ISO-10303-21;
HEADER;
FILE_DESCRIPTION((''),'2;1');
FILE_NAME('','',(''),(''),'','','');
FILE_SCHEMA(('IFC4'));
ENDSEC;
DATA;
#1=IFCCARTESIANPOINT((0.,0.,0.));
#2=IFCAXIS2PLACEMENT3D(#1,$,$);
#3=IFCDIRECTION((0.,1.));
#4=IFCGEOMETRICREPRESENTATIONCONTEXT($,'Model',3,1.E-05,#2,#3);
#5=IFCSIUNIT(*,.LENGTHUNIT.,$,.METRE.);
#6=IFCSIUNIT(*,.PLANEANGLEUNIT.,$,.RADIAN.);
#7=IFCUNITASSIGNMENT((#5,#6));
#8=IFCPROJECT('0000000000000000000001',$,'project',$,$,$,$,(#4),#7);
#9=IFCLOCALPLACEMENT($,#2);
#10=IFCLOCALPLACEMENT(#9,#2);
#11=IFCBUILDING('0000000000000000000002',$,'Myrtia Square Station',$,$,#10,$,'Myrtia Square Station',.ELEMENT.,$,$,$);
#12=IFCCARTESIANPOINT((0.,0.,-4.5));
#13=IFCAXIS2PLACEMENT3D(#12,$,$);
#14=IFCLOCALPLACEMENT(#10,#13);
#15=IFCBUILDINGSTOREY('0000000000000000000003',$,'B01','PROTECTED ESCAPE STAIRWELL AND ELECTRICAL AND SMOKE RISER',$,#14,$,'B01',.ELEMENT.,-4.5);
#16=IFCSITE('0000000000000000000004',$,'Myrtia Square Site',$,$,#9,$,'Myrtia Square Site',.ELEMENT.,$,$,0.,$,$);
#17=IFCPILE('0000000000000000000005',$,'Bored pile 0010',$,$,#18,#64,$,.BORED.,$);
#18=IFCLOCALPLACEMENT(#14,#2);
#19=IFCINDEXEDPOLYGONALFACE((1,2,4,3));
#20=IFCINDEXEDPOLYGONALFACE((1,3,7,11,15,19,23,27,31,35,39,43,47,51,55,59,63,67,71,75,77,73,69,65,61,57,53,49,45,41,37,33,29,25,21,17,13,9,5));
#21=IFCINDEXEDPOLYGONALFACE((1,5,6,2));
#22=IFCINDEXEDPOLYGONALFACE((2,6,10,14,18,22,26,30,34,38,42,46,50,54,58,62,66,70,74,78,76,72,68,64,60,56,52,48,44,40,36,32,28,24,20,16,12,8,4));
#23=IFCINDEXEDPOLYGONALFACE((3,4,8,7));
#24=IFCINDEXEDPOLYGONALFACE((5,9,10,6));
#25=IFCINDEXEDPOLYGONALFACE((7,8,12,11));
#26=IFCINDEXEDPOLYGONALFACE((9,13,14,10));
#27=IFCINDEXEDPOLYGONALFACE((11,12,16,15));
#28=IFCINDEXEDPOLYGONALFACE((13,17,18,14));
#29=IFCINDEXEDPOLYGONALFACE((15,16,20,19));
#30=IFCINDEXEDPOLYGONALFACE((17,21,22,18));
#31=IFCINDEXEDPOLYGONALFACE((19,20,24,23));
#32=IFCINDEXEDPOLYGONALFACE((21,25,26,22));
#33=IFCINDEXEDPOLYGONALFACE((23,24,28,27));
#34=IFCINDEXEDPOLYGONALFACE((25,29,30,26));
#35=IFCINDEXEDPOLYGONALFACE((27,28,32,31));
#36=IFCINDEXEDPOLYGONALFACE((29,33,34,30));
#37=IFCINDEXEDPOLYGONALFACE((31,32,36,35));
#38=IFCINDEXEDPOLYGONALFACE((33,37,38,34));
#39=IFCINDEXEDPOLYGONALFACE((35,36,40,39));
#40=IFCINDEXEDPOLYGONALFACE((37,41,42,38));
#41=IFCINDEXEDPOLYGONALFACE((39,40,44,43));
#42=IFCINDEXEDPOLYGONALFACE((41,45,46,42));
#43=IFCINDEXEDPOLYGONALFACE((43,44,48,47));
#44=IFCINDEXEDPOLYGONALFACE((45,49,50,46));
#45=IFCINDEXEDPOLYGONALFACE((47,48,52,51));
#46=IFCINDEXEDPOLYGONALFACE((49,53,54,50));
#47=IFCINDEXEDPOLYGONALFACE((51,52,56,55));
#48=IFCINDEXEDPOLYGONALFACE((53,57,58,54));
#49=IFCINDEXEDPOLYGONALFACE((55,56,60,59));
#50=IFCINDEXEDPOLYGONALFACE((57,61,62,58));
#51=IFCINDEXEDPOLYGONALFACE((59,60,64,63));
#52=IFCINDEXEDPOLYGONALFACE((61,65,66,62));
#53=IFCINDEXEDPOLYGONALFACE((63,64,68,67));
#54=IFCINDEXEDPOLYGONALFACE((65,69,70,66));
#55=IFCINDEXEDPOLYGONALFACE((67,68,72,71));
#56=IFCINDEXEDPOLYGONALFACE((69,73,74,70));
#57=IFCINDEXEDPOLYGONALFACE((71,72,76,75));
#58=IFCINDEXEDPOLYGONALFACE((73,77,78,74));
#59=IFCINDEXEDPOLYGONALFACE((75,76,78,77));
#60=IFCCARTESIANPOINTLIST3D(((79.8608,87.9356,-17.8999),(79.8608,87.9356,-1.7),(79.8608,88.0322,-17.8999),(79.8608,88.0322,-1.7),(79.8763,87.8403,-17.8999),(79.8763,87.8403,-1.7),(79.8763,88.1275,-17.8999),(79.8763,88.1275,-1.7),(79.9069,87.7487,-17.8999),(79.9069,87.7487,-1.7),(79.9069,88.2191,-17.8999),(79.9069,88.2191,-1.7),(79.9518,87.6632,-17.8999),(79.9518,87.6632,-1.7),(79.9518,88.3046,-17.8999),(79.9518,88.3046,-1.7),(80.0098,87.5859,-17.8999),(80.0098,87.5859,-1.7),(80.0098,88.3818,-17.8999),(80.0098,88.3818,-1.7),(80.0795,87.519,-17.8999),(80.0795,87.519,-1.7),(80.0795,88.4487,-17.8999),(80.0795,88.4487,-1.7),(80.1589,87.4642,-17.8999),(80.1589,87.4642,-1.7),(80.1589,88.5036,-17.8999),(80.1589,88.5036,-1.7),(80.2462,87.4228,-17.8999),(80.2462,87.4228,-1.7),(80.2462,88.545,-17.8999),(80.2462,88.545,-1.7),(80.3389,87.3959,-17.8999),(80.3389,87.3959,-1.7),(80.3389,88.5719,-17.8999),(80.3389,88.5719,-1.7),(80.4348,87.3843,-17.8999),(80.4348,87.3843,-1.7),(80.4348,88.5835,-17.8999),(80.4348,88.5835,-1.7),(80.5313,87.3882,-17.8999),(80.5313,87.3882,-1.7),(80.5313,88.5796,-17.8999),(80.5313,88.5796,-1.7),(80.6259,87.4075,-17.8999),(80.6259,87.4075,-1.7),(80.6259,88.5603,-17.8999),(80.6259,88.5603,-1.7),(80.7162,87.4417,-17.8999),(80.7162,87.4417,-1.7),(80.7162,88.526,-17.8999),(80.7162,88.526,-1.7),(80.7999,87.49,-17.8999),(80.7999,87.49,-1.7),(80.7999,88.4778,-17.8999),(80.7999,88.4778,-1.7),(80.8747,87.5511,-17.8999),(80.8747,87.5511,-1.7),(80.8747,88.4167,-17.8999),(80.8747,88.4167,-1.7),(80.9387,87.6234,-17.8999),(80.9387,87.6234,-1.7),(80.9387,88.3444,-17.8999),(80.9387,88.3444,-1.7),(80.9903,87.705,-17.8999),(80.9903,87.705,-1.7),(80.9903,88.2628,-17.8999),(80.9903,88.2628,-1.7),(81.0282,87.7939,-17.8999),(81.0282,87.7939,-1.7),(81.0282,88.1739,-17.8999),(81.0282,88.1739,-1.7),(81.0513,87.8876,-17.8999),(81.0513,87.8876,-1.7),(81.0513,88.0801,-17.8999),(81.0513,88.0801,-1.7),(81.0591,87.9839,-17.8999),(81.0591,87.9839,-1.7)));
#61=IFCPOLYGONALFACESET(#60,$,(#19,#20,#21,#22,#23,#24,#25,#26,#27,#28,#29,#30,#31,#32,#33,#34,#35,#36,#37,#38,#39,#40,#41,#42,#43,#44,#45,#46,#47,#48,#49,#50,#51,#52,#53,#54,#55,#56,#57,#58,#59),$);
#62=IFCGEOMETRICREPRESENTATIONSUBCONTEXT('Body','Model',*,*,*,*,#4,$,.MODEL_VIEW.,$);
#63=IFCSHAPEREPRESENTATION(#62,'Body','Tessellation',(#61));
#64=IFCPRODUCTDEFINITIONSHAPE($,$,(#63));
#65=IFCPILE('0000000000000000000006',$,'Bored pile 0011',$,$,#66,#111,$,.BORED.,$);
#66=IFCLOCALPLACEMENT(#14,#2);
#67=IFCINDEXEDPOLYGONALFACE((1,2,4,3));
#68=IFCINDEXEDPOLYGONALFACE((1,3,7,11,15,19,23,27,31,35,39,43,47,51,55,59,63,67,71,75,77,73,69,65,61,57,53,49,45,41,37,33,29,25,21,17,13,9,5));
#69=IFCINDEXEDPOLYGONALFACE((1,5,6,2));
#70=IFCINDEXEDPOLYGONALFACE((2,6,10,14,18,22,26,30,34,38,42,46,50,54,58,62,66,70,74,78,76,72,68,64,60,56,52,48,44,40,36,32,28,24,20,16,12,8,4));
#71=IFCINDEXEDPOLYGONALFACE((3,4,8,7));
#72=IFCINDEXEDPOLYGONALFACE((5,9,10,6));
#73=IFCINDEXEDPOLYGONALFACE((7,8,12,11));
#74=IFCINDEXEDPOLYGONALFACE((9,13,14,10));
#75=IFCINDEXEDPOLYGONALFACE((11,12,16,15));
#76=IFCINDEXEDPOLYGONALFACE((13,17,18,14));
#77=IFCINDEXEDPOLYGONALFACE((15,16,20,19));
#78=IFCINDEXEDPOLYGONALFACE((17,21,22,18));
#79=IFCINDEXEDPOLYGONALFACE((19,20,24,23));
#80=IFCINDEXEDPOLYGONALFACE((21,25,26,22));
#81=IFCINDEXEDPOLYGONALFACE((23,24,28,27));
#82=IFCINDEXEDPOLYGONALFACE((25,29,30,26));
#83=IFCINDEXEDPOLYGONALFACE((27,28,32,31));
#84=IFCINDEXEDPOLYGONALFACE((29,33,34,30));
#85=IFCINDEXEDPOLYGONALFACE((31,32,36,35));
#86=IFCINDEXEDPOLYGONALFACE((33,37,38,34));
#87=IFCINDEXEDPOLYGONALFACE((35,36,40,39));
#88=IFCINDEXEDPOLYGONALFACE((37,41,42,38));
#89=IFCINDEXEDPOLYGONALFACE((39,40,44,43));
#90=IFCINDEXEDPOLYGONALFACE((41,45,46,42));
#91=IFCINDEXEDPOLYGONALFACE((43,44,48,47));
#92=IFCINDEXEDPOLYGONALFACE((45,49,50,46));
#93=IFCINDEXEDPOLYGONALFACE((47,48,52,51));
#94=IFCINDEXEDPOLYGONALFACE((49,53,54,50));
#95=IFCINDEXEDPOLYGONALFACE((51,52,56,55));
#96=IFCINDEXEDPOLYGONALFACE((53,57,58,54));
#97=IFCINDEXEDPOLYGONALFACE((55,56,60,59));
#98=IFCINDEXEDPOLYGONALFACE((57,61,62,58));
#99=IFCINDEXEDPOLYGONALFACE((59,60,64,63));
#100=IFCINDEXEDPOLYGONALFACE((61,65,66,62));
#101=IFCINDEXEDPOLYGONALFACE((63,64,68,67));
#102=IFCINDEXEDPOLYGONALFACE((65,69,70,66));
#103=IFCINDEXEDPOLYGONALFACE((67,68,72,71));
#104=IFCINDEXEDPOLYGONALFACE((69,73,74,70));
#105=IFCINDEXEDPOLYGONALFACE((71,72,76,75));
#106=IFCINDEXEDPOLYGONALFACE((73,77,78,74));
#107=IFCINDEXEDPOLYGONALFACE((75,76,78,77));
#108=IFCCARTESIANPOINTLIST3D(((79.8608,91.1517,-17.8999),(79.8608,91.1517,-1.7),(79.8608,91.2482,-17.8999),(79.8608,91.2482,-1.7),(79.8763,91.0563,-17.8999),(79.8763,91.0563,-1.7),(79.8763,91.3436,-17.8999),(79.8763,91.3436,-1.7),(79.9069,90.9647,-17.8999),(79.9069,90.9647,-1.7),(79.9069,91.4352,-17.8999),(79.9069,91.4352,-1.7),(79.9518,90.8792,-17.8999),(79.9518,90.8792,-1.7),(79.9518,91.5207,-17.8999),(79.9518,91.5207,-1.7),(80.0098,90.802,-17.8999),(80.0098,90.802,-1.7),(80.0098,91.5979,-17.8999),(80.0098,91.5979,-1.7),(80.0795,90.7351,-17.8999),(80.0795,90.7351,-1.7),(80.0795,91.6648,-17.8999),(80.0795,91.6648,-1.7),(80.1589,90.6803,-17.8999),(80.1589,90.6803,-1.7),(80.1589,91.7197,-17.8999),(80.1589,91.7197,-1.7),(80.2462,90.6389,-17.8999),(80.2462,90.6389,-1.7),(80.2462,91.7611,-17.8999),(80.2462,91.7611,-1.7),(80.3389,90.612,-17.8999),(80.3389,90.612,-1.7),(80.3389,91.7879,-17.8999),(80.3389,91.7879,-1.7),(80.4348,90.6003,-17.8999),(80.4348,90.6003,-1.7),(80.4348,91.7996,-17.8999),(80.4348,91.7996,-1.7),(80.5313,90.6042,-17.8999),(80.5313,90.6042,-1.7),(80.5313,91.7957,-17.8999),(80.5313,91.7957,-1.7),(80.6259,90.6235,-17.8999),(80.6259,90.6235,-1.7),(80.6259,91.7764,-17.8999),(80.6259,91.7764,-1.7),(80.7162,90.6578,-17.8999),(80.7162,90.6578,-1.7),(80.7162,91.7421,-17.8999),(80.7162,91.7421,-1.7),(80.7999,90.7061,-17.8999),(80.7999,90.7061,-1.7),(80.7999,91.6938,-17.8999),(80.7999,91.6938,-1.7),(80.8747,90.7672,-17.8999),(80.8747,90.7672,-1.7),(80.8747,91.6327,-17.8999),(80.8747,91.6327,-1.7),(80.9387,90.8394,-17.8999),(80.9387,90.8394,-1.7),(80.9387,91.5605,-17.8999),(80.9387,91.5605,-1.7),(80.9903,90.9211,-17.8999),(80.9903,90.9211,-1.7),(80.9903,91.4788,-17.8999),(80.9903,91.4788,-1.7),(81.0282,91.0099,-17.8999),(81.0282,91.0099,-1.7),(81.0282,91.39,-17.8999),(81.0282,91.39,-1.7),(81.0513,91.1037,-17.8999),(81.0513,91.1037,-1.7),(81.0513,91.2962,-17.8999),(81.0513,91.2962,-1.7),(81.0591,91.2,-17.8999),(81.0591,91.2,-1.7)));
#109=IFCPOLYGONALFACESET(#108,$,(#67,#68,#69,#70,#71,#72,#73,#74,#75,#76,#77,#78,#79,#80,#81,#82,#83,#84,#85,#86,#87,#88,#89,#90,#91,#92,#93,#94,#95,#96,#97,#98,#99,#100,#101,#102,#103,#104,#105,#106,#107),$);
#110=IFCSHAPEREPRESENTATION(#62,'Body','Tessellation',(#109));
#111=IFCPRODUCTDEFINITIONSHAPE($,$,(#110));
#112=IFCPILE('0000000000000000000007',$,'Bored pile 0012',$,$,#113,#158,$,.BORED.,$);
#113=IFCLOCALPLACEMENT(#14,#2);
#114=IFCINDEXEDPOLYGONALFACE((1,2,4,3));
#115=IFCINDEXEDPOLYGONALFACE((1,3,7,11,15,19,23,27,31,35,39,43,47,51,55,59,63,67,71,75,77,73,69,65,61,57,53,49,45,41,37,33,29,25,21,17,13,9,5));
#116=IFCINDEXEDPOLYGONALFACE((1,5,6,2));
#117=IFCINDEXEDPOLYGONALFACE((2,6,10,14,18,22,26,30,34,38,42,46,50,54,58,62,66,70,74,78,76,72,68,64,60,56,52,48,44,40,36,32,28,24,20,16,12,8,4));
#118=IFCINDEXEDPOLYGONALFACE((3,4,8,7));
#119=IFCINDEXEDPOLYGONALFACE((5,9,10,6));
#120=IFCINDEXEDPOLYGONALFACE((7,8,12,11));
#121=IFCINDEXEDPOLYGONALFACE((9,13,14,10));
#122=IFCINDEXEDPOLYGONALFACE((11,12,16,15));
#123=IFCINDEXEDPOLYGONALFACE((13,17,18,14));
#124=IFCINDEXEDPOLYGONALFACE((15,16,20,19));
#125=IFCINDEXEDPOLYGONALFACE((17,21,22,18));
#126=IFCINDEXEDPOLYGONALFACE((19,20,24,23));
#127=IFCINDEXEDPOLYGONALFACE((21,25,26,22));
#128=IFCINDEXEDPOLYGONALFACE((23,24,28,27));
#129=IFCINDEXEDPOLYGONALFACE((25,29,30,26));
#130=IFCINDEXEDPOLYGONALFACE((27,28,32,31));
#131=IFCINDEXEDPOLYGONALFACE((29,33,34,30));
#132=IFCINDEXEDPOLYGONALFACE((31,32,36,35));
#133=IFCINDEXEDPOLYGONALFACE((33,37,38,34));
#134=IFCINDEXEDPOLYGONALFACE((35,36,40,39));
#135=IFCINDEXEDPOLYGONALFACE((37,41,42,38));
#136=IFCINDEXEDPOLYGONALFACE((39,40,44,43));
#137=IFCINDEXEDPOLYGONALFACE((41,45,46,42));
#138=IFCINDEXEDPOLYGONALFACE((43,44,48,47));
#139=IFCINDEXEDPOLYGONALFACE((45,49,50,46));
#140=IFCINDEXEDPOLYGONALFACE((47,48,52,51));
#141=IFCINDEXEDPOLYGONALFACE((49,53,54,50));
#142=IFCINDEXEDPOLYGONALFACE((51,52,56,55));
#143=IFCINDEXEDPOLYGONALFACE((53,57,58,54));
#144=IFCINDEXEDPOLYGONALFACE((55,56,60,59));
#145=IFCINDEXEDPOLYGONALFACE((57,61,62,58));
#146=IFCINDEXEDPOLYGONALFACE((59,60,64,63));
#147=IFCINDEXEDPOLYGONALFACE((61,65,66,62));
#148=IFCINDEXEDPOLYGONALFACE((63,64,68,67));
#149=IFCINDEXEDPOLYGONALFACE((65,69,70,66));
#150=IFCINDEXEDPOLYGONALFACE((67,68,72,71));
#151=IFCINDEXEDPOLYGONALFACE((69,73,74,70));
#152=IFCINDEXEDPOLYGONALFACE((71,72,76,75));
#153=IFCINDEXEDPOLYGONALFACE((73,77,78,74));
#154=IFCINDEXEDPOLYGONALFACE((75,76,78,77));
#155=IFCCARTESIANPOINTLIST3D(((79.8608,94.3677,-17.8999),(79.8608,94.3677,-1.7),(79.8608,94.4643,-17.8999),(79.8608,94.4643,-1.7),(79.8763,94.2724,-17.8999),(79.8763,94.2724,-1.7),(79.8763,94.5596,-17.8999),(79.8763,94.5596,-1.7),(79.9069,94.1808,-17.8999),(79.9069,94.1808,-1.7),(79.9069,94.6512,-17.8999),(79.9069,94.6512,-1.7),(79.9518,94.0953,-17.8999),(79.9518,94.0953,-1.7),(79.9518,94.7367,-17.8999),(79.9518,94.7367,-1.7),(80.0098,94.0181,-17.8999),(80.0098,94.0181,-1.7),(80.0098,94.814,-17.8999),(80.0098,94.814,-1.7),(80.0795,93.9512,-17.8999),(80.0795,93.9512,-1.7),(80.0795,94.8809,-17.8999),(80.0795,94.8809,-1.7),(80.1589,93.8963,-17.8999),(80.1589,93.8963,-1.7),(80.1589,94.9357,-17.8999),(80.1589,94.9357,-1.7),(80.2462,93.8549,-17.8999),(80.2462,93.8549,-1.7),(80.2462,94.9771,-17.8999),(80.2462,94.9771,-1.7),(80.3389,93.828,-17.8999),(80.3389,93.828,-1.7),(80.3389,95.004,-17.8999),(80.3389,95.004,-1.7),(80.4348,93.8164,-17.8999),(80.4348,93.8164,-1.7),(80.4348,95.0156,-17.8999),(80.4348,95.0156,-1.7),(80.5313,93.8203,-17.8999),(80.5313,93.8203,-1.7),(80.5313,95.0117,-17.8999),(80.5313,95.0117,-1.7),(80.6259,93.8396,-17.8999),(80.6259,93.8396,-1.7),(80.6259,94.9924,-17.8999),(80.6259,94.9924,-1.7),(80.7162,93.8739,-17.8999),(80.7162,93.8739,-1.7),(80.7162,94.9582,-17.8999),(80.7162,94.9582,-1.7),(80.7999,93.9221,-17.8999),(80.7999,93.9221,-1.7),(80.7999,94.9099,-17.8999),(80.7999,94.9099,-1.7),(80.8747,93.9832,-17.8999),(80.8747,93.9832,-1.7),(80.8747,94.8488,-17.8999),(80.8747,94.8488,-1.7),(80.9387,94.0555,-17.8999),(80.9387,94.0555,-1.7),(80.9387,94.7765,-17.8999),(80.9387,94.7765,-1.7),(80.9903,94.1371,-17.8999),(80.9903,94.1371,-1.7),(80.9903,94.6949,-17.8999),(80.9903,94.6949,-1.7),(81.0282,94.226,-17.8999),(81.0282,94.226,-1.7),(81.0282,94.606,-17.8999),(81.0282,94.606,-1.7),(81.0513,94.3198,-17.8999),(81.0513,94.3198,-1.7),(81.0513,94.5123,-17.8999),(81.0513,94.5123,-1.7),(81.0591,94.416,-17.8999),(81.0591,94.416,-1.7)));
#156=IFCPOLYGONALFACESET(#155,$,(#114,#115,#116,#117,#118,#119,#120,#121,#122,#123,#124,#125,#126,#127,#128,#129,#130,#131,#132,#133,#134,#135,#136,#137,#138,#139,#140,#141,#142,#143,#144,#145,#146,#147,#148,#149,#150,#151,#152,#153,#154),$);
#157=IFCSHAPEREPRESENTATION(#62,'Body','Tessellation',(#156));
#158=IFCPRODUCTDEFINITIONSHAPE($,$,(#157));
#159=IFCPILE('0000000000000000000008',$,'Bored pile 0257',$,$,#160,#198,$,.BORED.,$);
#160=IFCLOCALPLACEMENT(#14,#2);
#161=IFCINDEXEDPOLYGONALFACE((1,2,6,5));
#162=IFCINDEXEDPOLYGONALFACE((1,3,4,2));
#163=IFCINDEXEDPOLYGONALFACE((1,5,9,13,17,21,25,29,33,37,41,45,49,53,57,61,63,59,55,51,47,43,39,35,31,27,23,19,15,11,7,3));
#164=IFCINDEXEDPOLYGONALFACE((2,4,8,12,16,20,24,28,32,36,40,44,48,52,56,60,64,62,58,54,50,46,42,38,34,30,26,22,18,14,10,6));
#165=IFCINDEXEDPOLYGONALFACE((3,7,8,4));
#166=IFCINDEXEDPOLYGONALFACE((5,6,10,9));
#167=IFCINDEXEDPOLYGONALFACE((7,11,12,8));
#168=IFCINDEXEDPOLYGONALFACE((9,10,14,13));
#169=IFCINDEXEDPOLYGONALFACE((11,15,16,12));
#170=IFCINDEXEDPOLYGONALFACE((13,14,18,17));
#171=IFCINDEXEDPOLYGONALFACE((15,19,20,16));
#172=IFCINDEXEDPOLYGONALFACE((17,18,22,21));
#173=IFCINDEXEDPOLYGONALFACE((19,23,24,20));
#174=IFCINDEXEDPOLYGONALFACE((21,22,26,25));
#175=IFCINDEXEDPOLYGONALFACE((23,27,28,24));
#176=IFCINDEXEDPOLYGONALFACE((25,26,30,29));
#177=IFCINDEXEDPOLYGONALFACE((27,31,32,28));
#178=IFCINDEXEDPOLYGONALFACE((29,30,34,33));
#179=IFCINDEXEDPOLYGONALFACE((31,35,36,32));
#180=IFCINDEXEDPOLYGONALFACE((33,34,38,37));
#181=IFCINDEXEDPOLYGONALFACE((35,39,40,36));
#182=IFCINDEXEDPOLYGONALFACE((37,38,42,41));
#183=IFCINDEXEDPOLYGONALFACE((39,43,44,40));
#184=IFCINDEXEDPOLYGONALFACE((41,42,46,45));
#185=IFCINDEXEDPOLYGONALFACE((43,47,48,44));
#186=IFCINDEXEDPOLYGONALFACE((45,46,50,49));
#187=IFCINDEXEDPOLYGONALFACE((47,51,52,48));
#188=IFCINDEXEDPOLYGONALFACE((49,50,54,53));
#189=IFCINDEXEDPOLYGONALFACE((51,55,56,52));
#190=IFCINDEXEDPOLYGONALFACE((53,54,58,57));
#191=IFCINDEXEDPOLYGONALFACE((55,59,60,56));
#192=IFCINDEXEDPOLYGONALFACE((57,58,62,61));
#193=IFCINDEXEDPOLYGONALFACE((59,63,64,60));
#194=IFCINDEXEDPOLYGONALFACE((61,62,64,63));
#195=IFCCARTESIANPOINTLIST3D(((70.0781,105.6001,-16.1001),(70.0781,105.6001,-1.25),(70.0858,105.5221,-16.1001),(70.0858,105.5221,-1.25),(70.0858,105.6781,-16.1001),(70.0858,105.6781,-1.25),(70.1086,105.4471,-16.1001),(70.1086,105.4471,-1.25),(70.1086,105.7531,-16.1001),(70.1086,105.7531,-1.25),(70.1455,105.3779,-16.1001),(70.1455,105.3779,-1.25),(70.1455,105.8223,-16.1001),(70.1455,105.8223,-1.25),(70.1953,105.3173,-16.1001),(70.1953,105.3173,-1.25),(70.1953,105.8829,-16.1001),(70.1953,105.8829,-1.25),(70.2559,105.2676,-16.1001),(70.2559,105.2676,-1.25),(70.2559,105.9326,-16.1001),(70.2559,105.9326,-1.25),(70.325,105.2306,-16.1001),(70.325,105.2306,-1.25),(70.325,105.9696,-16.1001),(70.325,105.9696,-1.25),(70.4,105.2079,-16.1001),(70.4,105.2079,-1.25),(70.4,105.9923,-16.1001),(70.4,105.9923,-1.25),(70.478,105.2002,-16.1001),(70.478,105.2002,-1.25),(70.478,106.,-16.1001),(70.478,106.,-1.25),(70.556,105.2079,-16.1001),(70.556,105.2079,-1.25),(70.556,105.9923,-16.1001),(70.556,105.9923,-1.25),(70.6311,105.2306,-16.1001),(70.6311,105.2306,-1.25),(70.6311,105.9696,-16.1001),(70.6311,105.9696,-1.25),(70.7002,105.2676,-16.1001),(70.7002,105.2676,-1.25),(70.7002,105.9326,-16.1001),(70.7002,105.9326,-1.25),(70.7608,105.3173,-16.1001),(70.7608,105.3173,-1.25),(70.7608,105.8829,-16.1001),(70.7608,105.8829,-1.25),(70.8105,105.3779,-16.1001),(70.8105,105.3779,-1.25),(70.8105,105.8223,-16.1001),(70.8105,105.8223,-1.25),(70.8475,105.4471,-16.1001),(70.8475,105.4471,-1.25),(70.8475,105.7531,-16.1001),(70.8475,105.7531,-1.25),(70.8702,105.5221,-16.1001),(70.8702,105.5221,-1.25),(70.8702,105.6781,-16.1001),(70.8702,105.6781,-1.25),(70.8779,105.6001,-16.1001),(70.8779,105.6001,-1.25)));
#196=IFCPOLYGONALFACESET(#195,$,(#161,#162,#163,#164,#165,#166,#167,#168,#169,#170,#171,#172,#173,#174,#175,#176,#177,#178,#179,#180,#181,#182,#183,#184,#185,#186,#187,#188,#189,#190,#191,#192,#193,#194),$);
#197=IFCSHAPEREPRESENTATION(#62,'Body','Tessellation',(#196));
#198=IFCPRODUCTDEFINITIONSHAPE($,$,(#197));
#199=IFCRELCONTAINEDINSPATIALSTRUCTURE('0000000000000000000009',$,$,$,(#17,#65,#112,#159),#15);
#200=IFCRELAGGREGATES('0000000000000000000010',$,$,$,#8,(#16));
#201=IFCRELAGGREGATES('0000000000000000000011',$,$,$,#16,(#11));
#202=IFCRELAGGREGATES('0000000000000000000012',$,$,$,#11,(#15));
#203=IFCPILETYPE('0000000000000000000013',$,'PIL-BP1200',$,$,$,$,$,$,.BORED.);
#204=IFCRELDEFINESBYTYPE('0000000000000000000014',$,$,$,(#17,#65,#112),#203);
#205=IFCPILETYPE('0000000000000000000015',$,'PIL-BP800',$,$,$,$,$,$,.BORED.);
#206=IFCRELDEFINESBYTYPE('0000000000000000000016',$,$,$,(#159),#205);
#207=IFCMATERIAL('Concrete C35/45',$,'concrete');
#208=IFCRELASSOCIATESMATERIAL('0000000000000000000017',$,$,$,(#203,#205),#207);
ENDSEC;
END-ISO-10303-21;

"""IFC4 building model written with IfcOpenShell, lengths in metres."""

from ifc_helpers import new_model, si_unit, direction, frame, origin, origin_2d, place, context, subcontext, project, spatial, circle, extrude, material, material_profile, profile_set, type_object, element, save


model = new_model("IFC4")

# Units and contexts
model_context = context("Model", 3, precision=1e-05, world=origin(), true_north=direction((0.0, 1.0)))
body_context = subcontext(model_context, "Body", "Model", "MODEL_VIEW")
ifc_project = project(units=[si_unit("LENGTHUNIT", "METRE"), si_unit("PLANEANGLEUNIT", "RADIAN")], contexts=[model_context])

# Site, building, storey
site_placement = place(None, origin())
site = spatial("IfcSite", under=ifc_project, at=site_placement, Name="Myrtia Square Site", LongName="Myrtia Square Site", CompositionType="ELEMENT", RefElevation=0.0)
building_placement = place(site_placement, origin())
building = spatial("IfcBuilding", under=site, at=building_placement, Name="Myrtia Square Station", LongName="Myrtia Square Station", CompositionType="ELEMENT")
storey_placement = place(building_placement, frame((0.0, 0.0, -4.5)))
storey = spatial("IfcBuildingStorey", under=building, at=storey_placement, Name="B01", Description="PROTECTED ESCAPE STAIRWELL AND ELECTRICAL AND SMOKE RISER", LongName="B01", CompositionType="ELEMENT", Elevation=-4.5)

# Shared definitions
ifc_material_1 = material(Name="Concrete C35/45", Category="concrete")

# Piles
ifc_material_profile_1 = material_profile(ifc_material_1, circle(Radius=0.6001, at=origin_2d()), Name="BP D1200")
ifc_profile_set_1 = profile_set([ifc_material_profile_1], Name="Concrete C35/45")
pile_type_1 = type_object("IfcPileType", Name="PIL-BP1200", PredefinedType="BORED", material=ifc_profile_set_1)
for number, where, z_axis, x_axis, name in (
    (1, (80.459, 87.9839, -1.7), (0.0, 0.0, -1.0), (1.0, 0.0, 0.0), "Bored pile 0010"),
    (2, (80.459, 91.2, -1.7), (0.0, 0.0, -1.0), (1.0, 0.0, 0.0), "Bored pile 0011"),
    (3, (80.459, 94.416, -1.7), (0.0, 0.0, -1.0), (1.0, 0.0, 0.0), "Bored pile 0012"),
):
    element("IfcPile", number, at=place(storey_placement, frame(where, z_axis=z_axis, x_axis=x_axis)), inside=storey, type_object=pile_type_1, Name=name, PredefinedType="BORED", context=body_context, shape_type="SweptSolid", body=[
        extrude(circle(Radius=0.6001, at=origin_2d()), origin(), (0.0, 0.0, 1.0), 16.2),
    ])
ifc_material_profile_2 = material_profile(ifc_material_1, circle(Radius=0.3999, at=origin_2d()), Name="BP D800")
ifc_profile_set_2 = profile_set([ifc_material_profile_2], Name="Concrete C35/45")
pile_type_2 = type_object("IfcPileType", Name="PIL-BP800", PredefinedType="BORED", material=ifc_profile_set_2)
for number, where, z_axis, x_axis, name in (
    (4, (70.478, 105.6001, -1.25), (0.0, 0.0, -1.0), (1.0, 0.0, 0.0), "Bored pile 0257"),
):
    element("IfcPile", number, at=place(storey_placement, frame(where, z_axis=z_axis, x_axis=x_axis)), inside=storey, type_object=pile_type_2, Name=name, PredefinedType="BORED", context=body_context, shape_type="SweptSolid", body=[
        extrude(circle(Radius=0.3999, at=origin_2d()), origin(), (0.0, 0.0, 1.0), 14.8501),
    ])

save(model, "model.ifc")
